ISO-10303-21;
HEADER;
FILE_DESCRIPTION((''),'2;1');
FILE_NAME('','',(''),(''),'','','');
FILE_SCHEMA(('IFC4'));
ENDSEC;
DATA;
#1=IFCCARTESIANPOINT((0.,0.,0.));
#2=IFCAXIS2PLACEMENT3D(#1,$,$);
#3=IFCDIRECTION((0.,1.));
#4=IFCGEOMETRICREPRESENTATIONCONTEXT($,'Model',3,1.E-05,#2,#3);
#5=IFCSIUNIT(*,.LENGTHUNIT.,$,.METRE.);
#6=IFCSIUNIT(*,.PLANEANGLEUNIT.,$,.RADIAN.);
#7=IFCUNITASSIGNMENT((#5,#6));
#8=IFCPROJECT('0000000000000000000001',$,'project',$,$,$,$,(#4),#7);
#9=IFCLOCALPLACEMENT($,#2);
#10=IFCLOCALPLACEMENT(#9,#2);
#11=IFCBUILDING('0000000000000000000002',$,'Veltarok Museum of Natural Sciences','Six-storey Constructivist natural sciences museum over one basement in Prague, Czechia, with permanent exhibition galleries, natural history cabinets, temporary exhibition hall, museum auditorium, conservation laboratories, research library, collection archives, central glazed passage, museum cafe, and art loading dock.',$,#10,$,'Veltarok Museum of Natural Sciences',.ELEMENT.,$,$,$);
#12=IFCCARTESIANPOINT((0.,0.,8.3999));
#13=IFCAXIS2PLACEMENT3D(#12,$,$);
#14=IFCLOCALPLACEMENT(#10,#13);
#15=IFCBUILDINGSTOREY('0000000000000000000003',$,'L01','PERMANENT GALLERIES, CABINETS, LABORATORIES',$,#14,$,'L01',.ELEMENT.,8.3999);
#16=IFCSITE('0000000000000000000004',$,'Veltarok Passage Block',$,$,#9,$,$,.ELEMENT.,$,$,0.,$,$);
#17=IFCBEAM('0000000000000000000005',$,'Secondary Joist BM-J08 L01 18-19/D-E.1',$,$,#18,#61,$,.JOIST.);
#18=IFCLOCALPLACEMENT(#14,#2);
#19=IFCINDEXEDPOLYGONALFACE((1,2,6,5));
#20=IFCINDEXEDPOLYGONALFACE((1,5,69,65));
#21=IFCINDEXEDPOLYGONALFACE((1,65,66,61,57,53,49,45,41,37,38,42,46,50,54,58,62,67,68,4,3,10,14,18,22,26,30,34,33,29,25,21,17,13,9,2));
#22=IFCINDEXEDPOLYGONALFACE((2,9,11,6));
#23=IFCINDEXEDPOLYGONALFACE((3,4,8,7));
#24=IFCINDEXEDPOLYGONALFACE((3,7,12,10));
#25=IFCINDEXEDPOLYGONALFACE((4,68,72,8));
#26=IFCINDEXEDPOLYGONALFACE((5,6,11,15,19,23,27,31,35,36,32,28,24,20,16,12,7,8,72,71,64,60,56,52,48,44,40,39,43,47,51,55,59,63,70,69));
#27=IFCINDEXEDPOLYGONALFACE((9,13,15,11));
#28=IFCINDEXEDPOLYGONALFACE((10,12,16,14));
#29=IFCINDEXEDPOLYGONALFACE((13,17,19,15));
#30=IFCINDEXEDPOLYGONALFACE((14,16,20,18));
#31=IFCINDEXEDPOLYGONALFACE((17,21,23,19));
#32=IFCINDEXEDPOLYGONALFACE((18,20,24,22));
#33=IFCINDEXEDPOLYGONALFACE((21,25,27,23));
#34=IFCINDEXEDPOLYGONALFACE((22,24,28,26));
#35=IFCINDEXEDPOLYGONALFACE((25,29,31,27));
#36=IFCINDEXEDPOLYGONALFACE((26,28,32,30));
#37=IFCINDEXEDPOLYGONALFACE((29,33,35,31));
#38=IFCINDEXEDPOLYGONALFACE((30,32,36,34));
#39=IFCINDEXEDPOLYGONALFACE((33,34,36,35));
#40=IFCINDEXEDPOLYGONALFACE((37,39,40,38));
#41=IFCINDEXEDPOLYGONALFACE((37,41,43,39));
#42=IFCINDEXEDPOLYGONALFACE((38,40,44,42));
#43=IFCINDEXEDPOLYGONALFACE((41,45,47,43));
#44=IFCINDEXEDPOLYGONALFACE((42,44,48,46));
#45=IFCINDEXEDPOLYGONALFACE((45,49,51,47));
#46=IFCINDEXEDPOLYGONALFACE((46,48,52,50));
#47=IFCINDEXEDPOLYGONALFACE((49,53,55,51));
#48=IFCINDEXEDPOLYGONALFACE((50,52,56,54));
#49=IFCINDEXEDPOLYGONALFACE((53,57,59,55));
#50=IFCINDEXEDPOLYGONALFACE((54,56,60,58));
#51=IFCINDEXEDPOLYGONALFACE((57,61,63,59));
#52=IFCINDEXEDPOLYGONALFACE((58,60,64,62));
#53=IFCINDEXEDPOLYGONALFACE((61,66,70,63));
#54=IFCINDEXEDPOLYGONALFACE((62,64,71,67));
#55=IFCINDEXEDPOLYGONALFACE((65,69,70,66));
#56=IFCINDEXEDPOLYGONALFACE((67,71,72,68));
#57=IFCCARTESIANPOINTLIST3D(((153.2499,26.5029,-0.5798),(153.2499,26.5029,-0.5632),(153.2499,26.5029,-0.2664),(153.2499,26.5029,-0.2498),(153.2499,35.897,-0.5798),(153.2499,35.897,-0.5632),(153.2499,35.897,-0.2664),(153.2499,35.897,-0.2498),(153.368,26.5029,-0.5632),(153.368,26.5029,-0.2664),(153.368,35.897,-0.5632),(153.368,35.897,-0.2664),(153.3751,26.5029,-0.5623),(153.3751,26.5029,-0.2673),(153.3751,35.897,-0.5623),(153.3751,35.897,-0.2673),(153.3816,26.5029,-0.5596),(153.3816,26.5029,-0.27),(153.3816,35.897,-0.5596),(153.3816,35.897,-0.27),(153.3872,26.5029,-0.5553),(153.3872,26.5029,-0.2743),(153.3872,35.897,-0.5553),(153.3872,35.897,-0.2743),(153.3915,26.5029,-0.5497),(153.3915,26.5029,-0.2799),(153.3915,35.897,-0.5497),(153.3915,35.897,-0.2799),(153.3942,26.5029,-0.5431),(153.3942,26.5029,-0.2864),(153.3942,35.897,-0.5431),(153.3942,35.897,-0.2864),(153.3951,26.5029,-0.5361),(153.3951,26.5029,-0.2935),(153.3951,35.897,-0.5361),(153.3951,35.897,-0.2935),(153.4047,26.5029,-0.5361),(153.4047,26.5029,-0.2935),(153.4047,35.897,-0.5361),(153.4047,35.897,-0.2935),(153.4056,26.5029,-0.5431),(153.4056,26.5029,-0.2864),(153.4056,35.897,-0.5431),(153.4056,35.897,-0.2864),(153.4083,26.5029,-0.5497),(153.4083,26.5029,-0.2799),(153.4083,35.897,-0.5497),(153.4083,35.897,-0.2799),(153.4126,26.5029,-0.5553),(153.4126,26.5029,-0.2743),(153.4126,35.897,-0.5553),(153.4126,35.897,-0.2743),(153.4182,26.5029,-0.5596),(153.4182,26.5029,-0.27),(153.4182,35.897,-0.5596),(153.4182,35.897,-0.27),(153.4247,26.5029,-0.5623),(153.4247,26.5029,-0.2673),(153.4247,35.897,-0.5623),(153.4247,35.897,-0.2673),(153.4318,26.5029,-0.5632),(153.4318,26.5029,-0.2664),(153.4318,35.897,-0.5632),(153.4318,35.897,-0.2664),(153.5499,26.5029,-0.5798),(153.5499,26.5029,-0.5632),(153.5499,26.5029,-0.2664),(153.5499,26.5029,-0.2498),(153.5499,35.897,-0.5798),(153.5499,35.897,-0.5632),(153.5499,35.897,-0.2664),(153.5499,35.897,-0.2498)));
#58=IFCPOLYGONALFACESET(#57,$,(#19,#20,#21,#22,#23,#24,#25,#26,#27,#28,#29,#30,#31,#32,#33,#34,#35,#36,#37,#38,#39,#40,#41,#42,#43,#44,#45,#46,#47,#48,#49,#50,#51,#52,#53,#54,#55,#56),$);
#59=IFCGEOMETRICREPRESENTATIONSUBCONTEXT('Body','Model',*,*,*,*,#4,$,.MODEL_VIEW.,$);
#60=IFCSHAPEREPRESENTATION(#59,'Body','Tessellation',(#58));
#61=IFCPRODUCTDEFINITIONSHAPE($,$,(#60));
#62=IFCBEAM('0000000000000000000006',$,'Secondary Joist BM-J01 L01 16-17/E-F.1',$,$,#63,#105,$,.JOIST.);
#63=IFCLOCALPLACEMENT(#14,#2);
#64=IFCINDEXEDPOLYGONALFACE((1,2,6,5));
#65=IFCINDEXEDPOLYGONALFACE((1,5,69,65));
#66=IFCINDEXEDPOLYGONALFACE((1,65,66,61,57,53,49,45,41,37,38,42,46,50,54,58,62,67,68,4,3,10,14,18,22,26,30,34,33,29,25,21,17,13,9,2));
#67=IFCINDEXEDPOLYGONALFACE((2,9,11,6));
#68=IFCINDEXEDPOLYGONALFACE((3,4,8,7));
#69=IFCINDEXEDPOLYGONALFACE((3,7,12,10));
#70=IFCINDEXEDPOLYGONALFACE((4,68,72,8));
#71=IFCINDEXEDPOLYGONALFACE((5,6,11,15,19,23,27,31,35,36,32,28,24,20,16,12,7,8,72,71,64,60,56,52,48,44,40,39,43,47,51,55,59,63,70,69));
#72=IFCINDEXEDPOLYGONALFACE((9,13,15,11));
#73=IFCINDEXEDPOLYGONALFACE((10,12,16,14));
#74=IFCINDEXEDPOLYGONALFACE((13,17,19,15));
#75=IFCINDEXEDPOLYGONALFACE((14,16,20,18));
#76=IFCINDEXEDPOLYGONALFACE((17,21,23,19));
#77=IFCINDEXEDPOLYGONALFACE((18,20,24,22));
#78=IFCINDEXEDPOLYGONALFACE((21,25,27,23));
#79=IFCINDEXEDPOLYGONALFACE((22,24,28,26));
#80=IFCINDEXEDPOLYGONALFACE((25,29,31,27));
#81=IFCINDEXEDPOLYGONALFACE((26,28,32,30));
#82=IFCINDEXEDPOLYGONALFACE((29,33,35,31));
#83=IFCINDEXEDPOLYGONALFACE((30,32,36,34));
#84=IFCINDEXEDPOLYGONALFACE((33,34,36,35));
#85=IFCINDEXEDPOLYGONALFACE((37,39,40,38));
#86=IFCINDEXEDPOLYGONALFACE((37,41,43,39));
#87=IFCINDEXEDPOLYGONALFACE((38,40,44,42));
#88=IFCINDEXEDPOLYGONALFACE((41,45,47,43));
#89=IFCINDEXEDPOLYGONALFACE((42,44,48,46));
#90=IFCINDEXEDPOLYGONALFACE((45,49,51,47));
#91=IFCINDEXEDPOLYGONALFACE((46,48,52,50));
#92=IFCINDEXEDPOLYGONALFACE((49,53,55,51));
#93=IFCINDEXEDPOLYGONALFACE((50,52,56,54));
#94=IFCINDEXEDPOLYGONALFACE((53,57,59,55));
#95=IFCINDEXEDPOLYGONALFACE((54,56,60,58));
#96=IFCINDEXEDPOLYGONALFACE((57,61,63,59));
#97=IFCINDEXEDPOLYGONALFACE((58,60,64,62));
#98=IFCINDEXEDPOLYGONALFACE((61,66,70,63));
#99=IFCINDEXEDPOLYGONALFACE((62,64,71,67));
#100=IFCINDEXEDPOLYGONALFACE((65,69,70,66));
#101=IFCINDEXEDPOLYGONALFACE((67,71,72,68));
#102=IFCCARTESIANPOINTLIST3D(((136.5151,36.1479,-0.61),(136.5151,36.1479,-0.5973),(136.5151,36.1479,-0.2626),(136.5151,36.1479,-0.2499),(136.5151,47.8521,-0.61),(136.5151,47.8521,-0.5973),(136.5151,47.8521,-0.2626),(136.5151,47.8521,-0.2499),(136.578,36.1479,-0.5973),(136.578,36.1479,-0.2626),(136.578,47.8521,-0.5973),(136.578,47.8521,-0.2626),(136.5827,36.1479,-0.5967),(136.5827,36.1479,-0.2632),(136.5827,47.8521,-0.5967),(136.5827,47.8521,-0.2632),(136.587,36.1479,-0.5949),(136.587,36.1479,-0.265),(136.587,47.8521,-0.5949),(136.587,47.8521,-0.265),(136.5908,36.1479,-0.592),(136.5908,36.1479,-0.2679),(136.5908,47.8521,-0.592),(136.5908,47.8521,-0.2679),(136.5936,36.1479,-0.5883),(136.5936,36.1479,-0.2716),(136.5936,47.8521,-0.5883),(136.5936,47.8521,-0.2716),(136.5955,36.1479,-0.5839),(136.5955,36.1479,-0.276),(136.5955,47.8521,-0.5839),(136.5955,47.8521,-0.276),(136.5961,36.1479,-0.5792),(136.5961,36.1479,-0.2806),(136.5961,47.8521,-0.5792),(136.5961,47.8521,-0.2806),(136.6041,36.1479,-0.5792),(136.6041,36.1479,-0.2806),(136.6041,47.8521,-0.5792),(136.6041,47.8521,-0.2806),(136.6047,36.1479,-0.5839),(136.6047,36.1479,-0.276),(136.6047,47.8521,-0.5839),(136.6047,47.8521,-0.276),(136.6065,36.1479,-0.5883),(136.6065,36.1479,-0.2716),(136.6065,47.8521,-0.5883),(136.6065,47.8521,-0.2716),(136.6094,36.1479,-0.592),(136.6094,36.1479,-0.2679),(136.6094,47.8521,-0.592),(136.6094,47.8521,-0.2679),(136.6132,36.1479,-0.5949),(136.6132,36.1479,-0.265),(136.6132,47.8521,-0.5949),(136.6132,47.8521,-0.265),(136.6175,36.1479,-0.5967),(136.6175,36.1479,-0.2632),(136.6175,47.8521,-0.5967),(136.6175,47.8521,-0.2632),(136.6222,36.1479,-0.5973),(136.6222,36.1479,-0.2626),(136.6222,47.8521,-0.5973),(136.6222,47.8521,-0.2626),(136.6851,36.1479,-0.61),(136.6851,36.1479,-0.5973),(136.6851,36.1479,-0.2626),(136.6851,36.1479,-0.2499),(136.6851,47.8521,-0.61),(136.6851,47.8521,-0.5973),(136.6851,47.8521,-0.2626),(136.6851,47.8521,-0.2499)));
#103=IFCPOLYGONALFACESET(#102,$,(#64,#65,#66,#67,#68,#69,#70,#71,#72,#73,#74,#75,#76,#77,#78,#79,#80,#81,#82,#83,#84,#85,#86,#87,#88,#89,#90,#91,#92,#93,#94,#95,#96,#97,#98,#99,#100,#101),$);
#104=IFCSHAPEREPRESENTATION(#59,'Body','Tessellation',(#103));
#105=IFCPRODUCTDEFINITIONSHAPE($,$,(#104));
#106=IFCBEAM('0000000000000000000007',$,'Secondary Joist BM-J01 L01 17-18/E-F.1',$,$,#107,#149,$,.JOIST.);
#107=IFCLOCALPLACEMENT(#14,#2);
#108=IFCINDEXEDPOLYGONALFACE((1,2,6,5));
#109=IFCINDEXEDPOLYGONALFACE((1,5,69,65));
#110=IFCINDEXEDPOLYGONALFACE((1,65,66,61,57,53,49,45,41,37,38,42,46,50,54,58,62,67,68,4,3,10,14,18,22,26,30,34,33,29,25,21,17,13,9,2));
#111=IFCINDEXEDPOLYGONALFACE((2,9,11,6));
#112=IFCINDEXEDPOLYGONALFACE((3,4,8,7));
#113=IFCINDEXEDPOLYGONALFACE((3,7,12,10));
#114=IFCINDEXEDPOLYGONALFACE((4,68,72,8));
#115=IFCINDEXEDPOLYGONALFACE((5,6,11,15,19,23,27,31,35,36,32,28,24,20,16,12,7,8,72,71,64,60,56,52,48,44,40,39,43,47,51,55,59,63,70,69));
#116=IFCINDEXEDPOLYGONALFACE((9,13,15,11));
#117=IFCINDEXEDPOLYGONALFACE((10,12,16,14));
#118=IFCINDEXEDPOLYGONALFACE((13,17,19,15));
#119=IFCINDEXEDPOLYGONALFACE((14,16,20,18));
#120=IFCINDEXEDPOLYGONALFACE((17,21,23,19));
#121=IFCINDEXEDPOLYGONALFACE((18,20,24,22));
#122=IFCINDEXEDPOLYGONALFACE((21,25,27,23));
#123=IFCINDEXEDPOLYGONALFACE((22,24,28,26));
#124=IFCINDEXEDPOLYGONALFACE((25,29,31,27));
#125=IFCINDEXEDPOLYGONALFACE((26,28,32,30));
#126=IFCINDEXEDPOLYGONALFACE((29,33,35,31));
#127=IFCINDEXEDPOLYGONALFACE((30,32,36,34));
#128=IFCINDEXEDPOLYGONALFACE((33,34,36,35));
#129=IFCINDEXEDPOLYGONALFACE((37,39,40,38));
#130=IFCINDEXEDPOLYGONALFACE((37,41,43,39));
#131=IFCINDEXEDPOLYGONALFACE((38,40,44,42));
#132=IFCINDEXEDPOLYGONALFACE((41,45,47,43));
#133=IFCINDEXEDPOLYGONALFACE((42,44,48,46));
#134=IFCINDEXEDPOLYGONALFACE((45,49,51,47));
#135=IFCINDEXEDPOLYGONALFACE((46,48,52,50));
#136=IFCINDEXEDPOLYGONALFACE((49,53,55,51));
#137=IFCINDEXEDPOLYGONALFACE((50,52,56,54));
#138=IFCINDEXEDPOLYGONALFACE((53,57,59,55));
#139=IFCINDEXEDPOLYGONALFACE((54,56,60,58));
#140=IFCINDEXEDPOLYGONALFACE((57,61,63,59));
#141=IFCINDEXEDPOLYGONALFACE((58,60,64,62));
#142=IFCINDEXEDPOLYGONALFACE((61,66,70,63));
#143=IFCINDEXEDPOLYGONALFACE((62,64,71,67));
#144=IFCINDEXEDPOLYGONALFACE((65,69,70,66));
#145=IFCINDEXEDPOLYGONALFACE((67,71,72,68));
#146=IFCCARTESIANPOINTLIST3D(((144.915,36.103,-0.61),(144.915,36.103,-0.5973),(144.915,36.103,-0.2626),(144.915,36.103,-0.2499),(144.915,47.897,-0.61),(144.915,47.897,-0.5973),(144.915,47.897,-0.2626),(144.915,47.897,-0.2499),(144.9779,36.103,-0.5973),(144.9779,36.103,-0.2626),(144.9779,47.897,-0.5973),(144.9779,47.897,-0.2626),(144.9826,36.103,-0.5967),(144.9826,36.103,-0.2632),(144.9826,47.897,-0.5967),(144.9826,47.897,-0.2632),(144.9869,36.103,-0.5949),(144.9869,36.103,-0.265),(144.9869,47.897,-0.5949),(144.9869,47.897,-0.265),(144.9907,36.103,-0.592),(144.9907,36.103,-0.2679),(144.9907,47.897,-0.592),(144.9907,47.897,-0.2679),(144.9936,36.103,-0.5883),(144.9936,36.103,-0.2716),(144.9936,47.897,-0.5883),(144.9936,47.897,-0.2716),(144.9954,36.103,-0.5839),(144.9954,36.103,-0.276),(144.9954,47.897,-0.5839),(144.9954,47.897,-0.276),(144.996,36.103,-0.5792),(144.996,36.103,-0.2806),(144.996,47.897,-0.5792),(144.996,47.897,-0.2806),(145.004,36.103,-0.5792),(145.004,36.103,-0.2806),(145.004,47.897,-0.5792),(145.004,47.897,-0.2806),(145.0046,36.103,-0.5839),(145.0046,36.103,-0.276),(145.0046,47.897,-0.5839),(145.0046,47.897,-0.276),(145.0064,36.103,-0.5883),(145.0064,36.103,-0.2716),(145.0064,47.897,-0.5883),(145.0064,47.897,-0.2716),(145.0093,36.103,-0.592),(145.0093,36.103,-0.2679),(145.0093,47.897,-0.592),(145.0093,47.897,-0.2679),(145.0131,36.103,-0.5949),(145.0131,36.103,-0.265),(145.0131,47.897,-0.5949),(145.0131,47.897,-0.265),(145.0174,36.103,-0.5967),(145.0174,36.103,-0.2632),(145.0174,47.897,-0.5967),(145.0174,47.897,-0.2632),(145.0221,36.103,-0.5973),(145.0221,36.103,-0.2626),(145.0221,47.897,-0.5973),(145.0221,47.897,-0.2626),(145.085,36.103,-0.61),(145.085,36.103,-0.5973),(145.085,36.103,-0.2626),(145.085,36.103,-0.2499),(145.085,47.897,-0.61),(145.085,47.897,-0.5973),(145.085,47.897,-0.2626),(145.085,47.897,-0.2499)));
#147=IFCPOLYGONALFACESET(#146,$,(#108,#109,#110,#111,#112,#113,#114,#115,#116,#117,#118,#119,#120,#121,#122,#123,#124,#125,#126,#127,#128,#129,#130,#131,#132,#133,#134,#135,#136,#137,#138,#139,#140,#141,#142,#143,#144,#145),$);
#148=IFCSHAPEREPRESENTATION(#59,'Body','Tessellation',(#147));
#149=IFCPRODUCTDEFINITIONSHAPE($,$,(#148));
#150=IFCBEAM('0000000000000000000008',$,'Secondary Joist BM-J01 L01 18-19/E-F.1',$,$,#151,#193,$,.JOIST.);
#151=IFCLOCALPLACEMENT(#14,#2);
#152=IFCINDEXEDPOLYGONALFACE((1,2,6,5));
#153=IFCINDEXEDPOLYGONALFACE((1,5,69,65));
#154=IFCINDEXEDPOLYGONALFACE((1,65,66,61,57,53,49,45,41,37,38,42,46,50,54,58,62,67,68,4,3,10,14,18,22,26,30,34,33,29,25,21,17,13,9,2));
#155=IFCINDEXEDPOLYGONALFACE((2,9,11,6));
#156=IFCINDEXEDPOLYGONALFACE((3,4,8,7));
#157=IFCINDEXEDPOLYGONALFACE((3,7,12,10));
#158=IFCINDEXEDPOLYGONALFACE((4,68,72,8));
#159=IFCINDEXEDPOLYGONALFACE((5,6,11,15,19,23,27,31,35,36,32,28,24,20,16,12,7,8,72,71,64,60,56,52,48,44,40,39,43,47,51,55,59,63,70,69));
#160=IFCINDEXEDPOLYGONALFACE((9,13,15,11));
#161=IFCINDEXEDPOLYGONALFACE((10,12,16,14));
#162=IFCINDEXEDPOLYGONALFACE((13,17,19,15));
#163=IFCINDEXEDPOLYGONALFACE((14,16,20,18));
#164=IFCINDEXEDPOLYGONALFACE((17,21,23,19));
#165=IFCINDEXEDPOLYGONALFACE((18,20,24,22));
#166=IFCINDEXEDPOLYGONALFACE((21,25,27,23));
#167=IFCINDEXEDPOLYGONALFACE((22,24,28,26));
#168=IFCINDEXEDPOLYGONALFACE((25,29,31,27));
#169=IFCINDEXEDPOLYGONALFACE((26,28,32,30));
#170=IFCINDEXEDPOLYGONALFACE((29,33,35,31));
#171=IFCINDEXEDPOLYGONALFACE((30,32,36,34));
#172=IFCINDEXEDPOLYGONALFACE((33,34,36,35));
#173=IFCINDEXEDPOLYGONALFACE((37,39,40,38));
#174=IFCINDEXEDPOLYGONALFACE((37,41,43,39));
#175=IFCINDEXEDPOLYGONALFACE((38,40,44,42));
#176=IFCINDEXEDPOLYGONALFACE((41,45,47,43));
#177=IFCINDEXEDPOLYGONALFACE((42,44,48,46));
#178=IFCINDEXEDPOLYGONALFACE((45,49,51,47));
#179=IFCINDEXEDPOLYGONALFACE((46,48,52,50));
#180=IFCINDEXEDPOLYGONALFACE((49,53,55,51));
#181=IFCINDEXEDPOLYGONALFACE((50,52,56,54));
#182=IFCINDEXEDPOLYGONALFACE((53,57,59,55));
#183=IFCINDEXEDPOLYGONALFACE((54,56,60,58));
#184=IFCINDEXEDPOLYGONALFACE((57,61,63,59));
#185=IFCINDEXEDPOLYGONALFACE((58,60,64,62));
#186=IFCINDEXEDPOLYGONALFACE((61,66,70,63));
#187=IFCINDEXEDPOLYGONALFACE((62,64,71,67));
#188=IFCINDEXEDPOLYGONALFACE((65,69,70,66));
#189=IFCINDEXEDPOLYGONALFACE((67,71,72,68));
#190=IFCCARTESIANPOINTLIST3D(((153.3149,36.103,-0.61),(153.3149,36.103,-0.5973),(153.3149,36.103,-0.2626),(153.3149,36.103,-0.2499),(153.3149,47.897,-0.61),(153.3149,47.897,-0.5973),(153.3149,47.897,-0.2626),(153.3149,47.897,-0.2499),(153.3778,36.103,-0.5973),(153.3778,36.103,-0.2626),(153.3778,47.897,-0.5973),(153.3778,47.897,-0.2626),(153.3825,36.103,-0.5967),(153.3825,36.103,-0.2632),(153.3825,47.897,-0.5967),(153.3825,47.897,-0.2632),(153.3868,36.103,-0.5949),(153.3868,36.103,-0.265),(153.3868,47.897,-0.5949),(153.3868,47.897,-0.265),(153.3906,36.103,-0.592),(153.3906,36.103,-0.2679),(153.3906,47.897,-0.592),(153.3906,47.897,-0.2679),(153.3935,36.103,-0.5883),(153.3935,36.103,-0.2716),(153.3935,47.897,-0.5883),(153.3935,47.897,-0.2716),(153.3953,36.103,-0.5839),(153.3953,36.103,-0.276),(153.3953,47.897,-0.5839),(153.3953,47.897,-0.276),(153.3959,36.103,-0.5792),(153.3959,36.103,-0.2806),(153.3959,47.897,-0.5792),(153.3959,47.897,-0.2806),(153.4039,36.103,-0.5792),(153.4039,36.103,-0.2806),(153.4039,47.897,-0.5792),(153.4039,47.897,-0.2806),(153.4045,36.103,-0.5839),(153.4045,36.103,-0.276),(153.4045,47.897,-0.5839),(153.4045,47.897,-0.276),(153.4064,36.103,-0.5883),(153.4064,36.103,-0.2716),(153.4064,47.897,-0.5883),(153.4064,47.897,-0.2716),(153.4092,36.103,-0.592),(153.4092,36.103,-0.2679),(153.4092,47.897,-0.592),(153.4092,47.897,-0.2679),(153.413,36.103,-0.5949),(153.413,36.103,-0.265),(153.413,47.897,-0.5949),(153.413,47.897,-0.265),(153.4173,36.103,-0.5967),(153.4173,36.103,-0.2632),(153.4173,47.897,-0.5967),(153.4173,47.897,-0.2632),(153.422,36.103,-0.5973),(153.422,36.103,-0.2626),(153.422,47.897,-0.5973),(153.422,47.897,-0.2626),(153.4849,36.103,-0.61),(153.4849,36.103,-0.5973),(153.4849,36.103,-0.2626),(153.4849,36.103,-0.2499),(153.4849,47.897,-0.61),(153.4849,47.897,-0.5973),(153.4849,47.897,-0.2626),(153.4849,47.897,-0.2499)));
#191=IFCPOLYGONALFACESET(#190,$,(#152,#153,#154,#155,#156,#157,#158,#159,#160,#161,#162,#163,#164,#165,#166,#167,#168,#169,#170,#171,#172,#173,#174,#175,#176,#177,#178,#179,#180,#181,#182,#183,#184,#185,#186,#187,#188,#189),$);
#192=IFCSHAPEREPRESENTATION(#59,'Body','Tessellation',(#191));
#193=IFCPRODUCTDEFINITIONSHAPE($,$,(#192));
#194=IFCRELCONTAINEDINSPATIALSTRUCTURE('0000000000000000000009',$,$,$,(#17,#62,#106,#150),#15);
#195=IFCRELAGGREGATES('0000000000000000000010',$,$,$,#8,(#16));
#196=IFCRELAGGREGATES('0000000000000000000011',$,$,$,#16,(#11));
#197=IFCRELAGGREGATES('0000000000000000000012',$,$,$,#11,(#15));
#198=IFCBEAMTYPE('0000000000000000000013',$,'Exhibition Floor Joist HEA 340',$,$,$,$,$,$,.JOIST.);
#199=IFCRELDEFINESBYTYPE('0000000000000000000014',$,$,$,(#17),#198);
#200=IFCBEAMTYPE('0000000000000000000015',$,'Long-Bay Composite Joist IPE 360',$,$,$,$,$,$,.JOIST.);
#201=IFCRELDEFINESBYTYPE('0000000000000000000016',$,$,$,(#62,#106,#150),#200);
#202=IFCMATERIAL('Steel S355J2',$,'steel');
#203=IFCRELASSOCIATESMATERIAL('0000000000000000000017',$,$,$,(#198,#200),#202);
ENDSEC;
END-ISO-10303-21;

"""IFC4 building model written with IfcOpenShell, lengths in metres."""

from ifc_helpers import new_model, si_unit, direction, frame, origin, origin_2d, place, context, subcontext, project, spatial, i_section, extrude, material, material_profile, profile_set, type_object, element, save


model = new_model("IFC4")

# Units and contexts
model_context = context("Model", 3, precision=1e-05, world=origin(), true_north=direction((0.0, 1.0)))
body_context = subcontext(model_context, "Body", "Model", "MODEL_VIEW")
ifc_project = project(units=[si_unit("LENGTHUNIT", "METRE"), si_unit("PLANEANGLEUNIT", "RADIAN")], contexts=[model_context])

# Site, building, storey
site_placement = place(None, origin())
site = spatial("IfcSite", under=ifc_project, at=site_placement, Name="Veltarok Passage Block", CompositionType="ELEMENT", RefElevation=0.0)
building_placement = place(site_placement, origin())
building = spatial("IfcBuilding", under=site, at=building_placement, Name="Veltarok Museum of Natural Sciences", Description="Six-storey Constructivist natural sciences museum over one basement in Prague, Czechia, with permanent exhibition galleries, natural history cabinets, temporary exhibition hall, museum auditorium, conservation laboratories, research library, collection archives, central glazed passage, museum cafe, and art loading dock.", LongName="Veltarok Museum of Natural Sciences", CompositionType="ELEMENT")
storey_placement = place(building_placement, frame((0.0, 0.0, 8.3999)))
storey = spatial("IfcBuildingStorey", under=building, at=storey_placement, Name="L01", Description="PERMANENT GALLERIES, CABINETS, LABORATORIES", LongName="L01", CompositionType="ELEMENT", Elevation=8.3999)

# Beams
ifc_material_1 = material(Name="Steel S355J2", Category="steel")
ifc_material_profile_1 = material_profile(ifc_material_1, i_section(OverallWidth=0.3, OverallDepth=0.3301, WebThickness=0.0095, FlangeThickness=0.0166, FilletRadius=0.0271, at=origin_2d()), Name="HEA 340")
ifc_profile_set_1 = profile_set([ifc_material_profile_1], Name="Steel S355J2")
beam_type_1 = type_object("IfcBeamType", Name="Exhibition Floor Joist HEA 340", PredefinedType="JOIST", material=ifc_profile_set_1)
for number, where, z_axis, x_axis, name in (
    (1, (153.3999, 26.5029, -0.4148), (0.0, 1.0, 0.0), (-1.0, 0.0, 0.0), "Secondary Joist BM-J08 L01 18-19/D-E.1"),
):
    element("IfcBeam", number, at=place(storey_placement, frame(where, z_axis=z_axis, x_axis=x_axis)), inside=storey, type_object=beam_type_1, Name=name, PredefinedType="JOIST", context=body_context, shape_type="SweptSolid", body=[
        extrude(i_section(OverallWidth=0.3, OverallDepth=0.3301, WebThickness=0.0095, FlangeThickness=0.0166, FilletRadius=0.0271, at=origin_2d()), origin(), (0.0, 0.0, 1.0), 9.394),
    ])
ifc_material_profile_2 = material_profile(ifc_material_1, i_section(OverallWidth=0.1699, OverallDepth=0.3601, WebThickness=0.0081, FlangeThickness=0.0127, FilletRadius=0.0181, at=origin_2d()), Name="IPE 360")
ifc_profile_set_2 = profile_set([ifc_material_profile_2], Name="Steel S355J2")
beam_type_2 = type_object("IfcBeamType", Name="Long-Bay Composite Joist IPE 360", PredefinedType="JOIST", material=ifc_profile_set_2)
beam_1_placement = place(storey_placement, frame((136.6001, 36.1479, -0.4299), z_axis=(0.0, 1.0, 0.0), x_axis=(-1.0, 0.0, 0.0)))
element("IfcBeam", 2, at=beam_1_placement, inside=storey, type_object=beam_type_2, Name="Secondary Joist BM-J01 L01 16-17/E-F.1", PredefinedType="JOIST", context=body_context, shape_type="SweptSolid", body=[
    extrude(i_section(OverallWidth=0.1699, OverallDepth=0.3601, WebThickness=0.0081, FlangeThickness=0.0127, FilletRadius=0.0181, at=origin_2d()), origin(), (0.0, 0.0, 1.0), 11.7041),
])
for number, where, z_axis, x_axis, name in (
    (3, (145.0, 36.103, -0.4299), (0.0, 1.0, 0.0), (-1.0, 0.0, 0.0), "Secondary Joist BM-J01 L01 17-18/E-F.1"),
    (4, (153.3999, 36.103, -0.4299), (0.0, 1.0, 0.0), (-1.0, 0.0, 0.0), "Secondary Joist BM-J01 L01 18-19/E-F.1"),
):
    element("IfcBeam", number, at=place(storey_placement, frame(where, z_axis=z_axis, x_axis=x_axis)), inside=storey, type_object=beam_type_2, Name=name, PredefinedType="JOIST", context=body_context, shape_type="SweptSolid", body=[
        extrude(i_section(OverallWidth=0.1699, OverallDepth=0.3601, WebThickness=0.0081, FlangeThickness=0.0127, FilletRadius=0.0181, at=origin_2d()), origin(), (0.0, 0.0, 1.0), 11.7939),
    ])

save(model, "model.ifc")
